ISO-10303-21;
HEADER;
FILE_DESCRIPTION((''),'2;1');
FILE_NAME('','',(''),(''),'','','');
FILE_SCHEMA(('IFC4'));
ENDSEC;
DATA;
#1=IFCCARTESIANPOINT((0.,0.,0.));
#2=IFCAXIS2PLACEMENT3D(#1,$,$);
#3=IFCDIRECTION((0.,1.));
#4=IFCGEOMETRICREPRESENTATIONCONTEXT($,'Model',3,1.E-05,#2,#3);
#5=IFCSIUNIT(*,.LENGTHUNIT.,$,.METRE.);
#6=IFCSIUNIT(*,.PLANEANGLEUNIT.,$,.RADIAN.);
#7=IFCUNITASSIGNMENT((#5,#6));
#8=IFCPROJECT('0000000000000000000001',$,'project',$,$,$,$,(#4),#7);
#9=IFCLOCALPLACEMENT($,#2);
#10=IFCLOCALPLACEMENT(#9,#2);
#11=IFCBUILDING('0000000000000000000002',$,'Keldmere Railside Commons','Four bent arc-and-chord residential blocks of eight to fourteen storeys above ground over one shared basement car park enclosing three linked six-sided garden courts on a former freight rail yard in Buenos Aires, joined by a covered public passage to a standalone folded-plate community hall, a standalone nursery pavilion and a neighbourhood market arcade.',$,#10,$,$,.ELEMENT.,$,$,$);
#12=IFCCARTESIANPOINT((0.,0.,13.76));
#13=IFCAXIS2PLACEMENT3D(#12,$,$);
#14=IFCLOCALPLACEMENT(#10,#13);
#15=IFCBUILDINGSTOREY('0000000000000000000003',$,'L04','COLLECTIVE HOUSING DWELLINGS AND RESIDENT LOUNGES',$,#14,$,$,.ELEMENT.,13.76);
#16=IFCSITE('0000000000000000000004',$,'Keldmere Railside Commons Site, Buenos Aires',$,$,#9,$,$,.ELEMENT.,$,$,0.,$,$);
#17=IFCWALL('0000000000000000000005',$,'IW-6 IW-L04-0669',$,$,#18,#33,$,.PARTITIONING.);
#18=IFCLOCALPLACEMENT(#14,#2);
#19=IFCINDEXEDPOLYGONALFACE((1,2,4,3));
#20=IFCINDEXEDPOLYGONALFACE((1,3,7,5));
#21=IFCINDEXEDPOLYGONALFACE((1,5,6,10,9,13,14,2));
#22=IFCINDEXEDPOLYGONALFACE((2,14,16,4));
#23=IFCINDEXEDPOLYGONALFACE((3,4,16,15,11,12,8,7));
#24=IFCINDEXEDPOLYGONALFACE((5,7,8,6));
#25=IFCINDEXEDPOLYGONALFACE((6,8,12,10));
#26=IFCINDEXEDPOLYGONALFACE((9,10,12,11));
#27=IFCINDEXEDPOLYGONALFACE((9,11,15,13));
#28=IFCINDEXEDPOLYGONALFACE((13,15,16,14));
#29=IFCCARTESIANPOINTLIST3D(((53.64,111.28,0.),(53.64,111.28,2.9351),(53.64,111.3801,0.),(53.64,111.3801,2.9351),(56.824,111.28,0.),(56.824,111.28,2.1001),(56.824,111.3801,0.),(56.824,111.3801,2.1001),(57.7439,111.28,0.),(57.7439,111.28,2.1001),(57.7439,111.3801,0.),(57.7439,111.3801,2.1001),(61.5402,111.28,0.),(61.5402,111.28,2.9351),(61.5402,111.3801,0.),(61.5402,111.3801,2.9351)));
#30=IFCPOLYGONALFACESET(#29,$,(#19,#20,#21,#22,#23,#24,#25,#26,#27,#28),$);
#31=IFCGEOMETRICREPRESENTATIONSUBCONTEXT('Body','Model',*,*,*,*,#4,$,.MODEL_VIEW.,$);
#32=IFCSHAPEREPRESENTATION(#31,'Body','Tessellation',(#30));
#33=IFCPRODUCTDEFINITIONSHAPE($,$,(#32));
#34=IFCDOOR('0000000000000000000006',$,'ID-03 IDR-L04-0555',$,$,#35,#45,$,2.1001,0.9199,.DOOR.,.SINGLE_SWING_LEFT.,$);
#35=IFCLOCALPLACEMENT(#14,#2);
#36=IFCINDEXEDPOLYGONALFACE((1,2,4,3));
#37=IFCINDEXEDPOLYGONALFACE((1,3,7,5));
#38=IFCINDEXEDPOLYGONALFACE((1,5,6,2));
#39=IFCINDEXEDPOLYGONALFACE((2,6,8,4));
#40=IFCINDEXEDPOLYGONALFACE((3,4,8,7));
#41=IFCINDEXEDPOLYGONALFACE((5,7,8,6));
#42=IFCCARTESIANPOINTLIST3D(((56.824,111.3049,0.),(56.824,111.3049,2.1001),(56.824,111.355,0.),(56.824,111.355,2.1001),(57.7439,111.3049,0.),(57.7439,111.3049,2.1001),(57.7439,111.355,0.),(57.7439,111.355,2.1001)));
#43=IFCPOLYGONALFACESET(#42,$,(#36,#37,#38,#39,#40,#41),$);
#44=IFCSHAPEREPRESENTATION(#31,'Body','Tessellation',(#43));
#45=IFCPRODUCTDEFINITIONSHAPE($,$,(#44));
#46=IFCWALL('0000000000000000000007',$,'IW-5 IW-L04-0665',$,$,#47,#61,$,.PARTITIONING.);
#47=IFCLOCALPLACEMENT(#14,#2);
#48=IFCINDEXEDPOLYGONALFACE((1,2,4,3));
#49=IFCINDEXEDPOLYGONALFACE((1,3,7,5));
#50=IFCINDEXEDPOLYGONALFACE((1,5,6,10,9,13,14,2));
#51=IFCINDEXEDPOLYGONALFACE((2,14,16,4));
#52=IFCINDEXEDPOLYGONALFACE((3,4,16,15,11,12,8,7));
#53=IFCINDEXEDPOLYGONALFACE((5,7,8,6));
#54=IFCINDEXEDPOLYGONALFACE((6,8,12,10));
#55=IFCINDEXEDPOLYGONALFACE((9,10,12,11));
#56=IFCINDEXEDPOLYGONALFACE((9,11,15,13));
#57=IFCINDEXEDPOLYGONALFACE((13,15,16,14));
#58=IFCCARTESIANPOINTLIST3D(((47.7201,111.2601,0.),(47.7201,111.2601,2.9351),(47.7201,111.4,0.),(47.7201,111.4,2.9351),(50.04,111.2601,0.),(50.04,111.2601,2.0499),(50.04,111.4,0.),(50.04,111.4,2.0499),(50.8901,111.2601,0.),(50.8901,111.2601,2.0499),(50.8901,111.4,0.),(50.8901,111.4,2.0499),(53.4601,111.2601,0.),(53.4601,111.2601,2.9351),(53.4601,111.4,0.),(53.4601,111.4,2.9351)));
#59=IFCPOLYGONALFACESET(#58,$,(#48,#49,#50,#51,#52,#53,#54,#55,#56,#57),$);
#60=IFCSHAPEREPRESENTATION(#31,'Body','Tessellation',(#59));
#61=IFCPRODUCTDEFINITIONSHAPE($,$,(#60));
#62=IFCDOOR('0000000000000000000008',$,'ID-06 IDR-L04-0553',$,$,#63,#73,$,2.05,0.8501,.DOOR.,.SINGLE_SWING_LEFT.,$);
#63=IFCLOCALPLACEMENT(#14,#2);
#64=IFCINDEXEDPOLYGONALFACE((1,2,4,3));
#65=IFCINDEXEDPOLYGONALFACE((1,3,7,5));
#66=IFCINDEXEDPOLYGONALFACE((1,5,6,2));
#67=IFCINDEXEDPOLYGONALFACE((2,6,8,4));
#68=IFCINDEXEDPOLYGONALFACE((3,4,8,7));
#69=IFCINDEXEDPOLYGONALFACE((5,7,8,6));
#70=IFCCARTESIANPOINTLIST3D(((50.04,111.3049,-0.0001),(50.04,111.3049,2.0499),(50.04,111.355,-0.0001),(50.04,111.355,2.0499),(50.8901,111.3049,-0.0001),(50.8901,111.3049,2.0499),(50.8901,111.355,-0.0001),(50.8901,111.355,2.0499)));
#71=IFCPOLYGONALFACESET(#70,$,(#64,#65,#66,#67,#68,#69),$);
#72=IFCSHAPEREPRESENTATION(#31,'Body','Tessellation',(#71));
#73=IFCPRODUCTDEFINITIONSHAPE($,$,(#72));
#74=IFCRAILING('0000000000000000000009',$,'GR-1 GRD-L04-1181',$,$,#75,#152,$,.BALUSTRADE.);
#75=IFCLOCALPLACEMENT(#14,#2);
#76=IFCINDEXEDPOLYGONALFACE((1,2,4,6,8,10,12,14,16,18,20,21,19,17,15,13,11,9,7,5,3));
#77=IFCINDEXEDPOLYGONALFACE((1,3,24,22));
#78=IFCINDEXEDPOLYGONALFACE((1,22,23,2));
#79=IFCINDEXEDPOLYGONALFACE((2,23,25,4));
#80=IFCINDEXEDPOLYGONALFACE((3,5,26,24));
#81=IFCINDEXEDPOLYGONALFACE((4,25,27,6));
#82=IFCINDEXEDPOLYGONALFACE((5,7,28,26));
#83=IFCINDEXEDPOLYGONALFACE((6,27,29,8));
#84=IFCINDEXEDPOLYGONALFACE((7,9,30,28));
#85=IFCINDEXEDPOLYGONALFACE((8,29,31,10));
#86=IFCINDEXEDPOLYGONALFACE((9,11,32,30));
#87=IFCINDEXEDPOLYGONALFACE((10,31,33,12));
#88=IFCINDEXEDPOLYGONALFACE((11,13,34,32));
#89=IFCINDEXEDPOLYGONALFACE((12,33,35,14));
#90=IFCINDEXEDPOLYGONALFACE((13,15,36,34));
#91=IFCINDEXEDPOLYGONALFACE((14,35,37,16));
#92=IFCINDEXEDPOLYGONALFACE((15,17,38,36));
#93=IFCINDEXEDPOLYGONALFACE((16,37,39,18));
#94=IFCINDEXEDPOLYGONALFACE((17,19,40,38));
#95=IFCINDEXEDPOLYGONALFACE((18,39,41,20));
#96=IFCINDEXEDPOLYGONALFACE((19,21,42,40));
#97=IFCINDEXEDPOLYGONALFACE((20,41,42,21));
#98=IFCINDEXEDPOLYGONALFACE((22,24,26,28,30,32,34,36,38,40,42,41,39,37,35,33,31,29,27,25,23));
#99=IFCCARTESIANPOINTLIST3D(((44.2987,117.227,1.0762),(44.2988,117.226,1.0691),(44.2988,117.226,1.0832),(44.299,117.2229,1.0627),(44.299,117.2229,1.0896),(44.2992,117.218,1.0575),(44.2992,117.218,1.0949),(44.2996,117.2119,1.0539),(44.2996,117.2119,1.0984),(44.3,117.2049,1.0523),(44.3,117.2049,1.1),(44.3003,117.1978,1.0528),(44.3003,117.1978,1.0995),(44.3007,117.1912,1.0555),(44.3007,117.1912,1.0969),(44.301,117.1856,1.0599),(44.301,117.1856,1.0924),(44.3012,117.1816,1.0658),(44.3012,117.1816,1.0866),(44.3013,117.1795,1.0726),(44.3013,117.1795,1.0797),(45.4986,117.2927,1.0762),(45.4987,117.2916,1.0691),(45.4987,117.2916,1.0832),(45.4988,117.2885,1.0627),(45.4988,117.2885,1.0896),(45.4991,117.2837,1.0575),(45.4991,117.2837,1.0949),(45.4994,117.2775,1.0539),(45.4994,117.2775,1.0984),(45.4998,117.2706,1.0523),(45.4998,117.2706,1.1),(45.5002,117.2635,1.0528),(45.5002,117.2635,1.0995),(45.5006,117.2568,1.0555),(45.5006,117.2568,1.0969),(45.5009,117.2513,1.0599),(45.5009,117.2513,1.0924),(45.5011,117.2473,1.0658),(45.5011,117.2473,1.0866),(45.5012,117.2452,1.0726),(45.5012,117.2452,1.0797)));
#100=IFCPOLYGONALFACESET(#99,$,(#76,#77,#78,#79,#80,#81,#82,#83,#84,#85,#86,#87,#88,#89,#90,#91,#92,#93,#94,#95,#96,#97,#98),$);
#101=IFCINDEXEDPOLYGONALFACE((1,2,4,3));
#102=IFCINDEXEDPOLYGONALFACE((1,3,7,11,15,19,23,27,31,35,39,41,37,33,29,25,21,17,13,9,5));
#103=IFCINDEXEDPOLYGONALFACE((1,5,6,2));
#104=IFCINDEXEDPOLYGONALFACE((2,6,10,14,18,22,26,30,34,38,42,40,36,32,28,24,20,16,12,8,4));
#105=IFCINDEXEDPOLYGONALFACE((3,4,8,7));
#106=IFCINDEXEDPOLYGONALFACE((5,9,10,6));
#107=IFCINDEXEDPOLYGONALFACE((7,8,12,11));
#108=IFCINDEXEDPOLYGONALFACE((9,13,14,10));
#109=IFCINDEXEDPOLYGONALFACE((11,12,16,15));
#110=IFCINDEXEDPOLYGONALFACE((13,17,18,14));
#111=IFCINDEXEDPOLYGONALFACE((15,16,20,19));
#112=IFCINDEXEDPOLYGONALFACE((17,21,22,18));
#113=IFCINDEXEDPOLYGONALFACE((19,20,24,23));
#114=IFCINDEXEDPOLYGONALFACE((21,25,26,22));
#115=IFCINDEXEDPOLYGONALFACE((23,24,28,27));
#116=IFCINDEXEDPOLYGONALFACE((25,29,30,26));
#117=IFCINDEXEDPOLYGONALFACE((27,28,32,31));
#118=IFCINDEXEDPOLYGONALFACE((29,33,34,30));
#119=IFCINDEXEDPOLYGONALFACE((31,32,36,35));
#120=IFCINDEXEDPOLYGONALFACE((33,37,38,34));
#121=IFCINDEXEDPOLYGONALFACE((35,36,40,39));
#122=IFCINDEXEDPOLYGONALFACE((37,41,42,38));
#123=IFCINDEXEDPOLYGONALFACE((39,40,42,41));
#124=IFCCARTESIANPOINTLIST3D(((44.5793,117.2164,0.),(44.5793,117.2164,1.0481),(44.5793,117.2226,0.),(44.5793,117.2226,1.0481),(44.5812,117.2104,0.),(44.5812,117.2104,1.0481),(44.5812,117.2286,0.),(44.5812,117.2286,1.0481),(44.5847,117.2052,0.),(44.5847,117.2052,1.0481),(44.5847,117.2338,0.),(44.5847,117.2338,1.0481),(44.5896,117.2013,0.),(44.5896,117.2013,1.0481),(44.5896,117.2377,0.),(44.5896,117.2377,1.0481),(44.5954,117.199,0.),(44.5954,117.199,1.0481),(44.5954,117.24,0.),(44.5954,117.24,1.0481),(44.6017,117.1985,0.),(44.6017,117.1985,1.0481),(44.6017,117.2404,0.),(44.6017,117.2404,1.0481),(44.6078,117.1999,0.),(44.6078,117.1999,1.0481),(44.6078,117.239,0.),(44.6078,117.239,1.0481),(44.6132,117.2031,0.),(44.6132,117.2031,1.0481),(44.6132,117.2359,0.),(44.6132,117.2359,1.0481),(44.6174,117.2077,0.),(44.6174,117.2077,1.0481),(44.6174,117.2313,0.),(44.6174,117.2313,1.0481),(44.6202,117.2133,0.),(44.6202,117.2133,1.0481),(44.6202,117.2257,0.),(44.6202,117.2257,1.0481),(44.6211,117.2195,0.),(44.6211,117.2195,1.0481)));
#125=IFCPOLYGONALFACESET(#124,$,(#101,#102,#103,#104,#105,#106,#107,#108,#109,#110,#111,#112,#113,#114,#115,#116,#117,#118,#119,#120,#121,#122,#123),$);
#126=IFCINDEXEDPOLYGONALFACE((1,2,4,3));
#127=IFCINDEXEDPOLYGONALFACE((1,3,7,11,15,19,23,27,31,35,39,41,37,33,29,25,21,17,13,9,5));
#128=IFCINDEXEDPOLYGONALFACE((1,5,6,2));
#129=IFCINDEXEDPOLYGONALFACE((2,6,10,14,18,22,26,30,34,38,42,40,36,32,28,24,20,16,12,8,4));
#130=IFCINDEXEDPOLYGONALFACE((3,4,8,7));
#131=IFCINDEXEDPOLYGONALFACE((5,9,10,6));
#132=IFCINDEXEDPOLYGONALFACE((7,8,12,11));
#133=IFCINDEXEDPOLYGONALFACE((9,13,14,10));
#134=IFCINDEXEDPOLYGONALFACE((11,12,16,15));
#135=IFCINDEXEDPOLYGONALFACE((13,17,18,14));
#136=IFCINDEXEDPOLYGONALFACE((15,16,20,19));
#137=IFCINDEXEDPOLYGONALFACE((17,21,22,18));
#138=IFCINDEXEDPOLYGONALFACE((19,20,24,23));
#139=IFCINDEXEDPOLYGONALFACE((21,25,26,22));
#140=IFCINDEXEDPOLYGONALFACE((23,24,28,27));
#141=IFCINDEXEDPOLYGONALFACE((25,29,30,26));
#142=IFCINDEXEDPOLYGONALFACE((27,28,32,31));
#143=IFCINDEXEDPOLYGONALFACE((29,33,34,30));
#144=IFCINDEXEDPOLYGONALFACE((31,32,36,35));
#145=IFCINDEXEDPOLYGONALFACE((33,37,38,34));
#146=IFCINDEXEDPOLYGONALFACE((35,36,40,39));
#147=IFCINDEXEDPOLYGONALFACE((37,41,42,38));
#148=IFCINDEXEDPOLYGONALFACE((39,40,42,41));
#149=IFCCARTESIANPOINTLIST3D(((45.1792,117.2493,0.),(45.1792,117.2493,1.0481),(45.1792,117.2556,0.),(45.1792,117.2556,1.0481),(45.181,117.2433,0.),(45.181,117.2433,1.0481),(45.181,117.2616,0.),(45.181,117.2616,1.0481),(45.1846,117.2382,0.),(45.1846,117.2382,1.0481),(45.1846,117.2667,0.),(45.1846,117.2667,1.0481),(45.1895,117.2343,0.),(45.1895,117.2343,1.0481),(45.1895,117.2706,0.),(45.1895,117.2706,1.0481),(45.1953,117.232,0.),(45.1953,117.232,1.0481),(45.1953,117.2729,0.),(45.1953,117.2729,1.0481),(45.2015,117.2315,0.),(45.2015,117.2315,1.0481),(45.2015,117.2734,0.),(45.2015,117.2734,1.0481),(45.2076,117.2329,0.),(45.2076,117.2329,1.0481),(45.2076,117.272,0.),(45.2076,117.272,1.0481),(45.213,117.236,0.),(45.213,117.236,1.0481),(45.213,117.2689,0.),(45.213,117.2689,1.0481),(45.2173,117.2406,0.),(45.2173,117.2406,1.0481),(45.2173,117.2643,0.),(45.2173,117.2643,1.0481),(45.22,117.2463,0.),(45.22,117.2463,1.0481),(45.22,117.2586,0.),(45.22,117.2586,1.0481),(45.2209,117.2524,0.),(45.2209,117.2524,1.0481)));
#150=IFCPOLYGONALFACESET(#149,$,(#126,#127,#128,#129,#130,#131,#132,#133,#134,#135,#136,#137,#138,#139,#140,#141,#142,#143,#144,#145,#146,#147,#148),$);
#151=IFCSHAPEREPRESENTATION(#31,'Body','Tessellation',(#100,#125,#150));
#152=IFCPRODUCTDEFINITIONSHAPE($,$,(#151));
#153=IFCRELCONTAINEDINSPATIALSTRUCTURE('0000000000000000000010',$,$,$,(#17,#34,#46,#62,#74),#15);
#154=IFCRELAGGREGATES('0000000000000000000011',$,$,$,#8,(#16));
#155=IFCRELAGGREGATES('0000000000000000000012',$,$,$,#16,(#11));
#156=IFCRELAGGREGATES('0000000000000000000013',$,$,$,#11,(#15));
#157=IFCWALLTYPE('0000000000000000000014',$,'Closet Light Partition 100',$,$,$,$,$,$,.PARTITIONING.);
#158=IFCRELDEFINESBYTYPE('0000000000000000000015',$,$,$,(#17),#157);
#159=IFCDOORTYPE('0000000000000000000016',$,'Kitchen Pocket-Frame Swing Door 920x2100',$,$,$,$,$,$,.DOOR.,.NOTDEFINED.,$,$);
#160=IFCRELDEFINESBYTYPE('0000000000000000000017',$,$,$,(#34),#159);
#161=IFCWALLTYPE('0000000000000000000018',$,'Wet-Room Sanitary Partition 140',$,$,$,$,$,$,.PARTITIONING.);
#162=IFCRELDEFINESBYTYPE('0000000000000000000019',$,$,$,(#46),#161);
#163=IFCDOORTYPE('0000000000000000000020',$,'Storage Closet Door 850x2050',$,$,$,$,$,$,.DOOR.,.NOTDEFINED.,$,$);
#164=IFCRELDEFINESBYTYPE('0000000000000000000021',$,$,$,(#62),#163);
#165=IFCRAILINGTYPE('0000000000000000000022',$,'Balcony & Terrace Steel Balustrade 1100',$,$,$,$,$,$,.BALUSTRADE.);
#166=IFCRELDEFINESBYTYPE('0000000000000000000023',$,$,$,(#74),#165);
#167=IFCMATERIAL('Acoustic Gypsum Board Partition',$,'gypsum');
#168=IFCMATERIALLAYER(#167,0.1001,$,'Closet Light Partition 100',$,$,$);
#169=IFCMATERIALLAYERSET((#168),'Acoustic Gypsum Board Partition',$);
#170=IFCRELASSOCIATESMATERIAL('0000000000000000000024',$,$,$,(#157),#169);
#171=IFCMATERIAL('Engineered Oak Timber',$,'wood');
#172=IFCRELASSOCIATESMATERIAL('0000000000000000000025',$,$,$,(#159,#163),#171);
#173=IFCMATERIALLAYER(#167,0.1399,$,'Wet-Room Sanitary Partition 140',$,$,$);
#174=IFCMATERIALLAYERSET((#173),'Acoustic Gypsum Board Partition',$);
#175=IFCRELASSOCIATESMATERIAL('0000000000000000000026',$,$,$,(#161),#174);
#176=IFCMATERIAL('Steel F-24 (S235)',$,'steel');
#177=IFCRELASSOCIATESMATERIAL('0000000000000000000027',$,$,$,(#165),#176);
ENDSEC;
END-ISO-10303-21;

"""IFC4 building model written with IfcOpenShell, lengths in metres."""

from ifc_helpers import new_model, si_unit, direction, frame, frame_2d, origin, origin_2d, place, context, subcontext, project, spatial, rectangle, circle, extrude, material, layer, layer_set, type_object, element, fill, save


model = new_model("IFC4")

# Units and contexts
model_context = context("Model", 3, precision=1e-05, world=origin(), true_north=direction((0.0, 1.0)))
body_context = subcontext(model_context, "Body", "Model", "MODEL_VIEW")
ifc_project = project(units=[si_unit("LENGTHUNIT", "METRE"), si_unit("PLANEANGLEUNIT", "RADIAN")], contexts=[model_context])

# Site, building, storey
site_placement = place(None, origin())
site = spatial("IfcSite", under=ifc_project, at=site_placement, Name="Keldmere Railside Commons Site, Buenos Aires", CompositionType="ELEMENT", RefElevation=0.0)
building_placement = place(site_placement, origin())
building = spatial("IfcBuilding", under=site, at=building_placement, Name="Keldmere Railside Commons", Description="Four bent arc-and-chord residential blocks of eight to fourteen storeys above ground over one shared basement car park enclosing three linked six-sided garden courts on a former freight rail yard in Buenos Aires, joined by a covered public passage to a standalone folded-plate community hall, a standalone nursery pavilion and a neighbourhood market arcade.", CompositionType="ELEMENT")
storey_placement = place(building_placement, frame((0.0, 0.0, 13.76)))
storey = spatial("IfcBuildingStorey", under=building, at=storey_placement, Name="L04", Description="COLLECTIVE HOUSING DWELLINGS AND RESIDENT LOUNGES", CompositionType="ELEMENT", Elevation=13.76)

# Walls, openings, doors
ifc_material_1 = material(Name="Acoustic Gypsum Board Partition", Category="gypsum")
ifc_layer_1 = layer(ifc_material_1, 0.1001, Name="Closet Light Partition 100")
ifc_layer_set_1 = layer_set([ifc_layer_1], Name="Acoustic Gypsum Board Partition")
wall_type_1 = type_object("IfcWallType", Name="Closet Light Partition 100", PredefinedType="PARTITIONING", material=ifc_layer_set_1)
wall_1_placement = place(storey_placement, frame((53.6399, 111.3301, 0.0), z_axis=(0.0, 0.0, 1.0), x_axis=(1.0, 0.0, 0.0)))
wall_1 = element("IfcWall", 1, at=wall_1_placement, inside=storey, type_object=wall_type_1, Name="IW-6 IW-L04-0669", PredefinedType="PARTITIONING", context=body_context, shape_type="SweptSolid", body=[
    extrude(rectangle(XDim=7.9001, YDim=0.1001, at=frame_2d((3.9502, 0.0))), origin(), (0.0, 0.0, 1.0), 2.9351),
])
opening_1_placement = place(wall_1_placement, frame((3.1841, 0.0, 0.0)))
opening_1 = element("IfcOpeningElement", 2, at=opening_1_placement, cuts=wall_1, PredefinedType="OPENING", context=body_context, shape_type="SweptSolid", body=[
    extrude(rectangle(XDim=0.9199, YDim=2.1001, at=frame_2d((0.46, 1.05))), frame((0.0, 0.0601, 0.0), z_axis=(0.0, -1.0, 0.0), x_axis=(1.0, 0.0, 0.0)), (0.0, 0.0, 1.0), 0.1201),
])
ifc_material_2 = material(Name="Engineered Oak Timber", Category="wood")
door_type_1 = type_object("IfcDoorType", Name="Kitchen Pocket-Frame Swing Door 920x2100", OperationType="NOTDEFINED", PredefinedType="DOOR", material=ifc_material_2)
door_1_placement = place(opening_1_placement, origin())
door_1 = element("IfcDoor", 3, at=door_1_placement, inside=storey, type_object=door_type_1, Name="ID-03 IDR-L04-0555", OperationType="SINGLE_SWING_LEFT", OverallHeight=2.1001, OverallWidth=0.9199, PredefinedType="DOOR", context=body_context, shape_type="SweptSolid", body=[
    extrude(rectangle(XDim=0.9199, YDim=2.1001, at=frame_2d((0.46, 1.05))), frame((0.0, 0.0249, 0.0), z_axis=(0.0, -1.0, 0.0), x_axis=(1.0, 0.0, 0.0)), (0.0, 0.0, 1.0), 0.05),
])
fill(opening_1, door_1)
ifc_layer_2 = layer(ifc_material_1, 0.1399, Name="Wet-Room Sanitary Partition 140")
ifc_layer_set_2 = layer_set([ifc_layer_2], Name="Acoustic Gypsum Board Partition")
wall_type_2 = type_object("IfcWallType", Name="Wet-Room Sanitary Partition 140", PredefinedType="PARTITIONING", material=ifc_layer_set_2)
wall_2_placement = place(storey_placement, frame((47.72, 111.3301, 0.0), z_axis=(0.0, 0.0, 1.0), x_axis=(1.0, 0.0, 0.0)))
wall_2 = element("IfcWall", 4, at=wall_2_placement, inside=storey, type_object=wall_type_2, Name="IW-5 IW-L04-0665", PredefinedType="PARTITIONING", context=body_context, shape_type="SweptSolid", body=[
    extrude(rectangle(XDim=5.74, YDim=0.1399, at=frame_2d((2.8701, 0.0))), origin(), (0.0, 0.0, 1.0), 2.9351),
])
opening_2_placement = place(wall_2_placement, frame((2.3201, 0.0, 0.0)))
opening_2 = element("IfcOpeningElement", 5, at=opening_2_placement, cuts=wall_2, PredefinedType="OPENING", context=body_context, shape_type="SweptSolid", body=[
    extrude(rectangle(XDim=0.8501, YDim=2.05, at=frame_2d((0.425, 1.0249))), frame((0.0, 0.0798, 0.0), z_axis=(0.0, -1.0, 0.0), x_axis=(1.0, 0.0, 0.0)), (0.0, 0.0, 1.0), 0.1599),
])
door_type_2 = type_object("IfcDoorType", Name="Storage Closet Door 850x2050", OperationType="NOTDEFINED", PredefinedType="DOOR", material=ifc_material_2)
door_2_placement = place(opening_2_placement, origin())
door_2 = element("IfcDoor", 6, at=door_2_placement, inside=storey, type_object=door_type_2, Name="ID-06 IDR-L04-0553", OperationType="SINGLE_SWING_LEFT", OverallHeight=2.05, OverallWidth=0.8501, PredefinedType="DOOR", context=body_context, shape_type="SweptSolid", body=[
    extrude(rectangle(XDim=0.8501, YDim=2.05, at=frame_2d((0.425, 1.0249))), frame((0.0, 0.0249, 0.0), z_axis=(0.0, -1.0, 0.0), x_axis=(1.0, 0.0, 0.0)), (0.0, 0.0, 1.0), 0.05),
])
fill(opening_2, door_2)

# Railing
ifc_material_3 = material(Name="Steel F-24 (S235)", Category="steel")
railing_type = type_object("IfcRailingType", Name="Balcony & Terrace Steel Balustrade 1100", PredefinedType="BALUSTRADE", material=ifc_material_3)
railing_1_placement = place(storey_placement, frame((44.3, 117.2031, 0.0)))
element("IfcRailing", 7, at=railing_1_placement, inside=storey, type_object=railing_type, Name="GR-1 GRD-L04-1181", PredefinedType="BALUSTRADE", context=body_context, shape_type="SweptSolid", body=[
    extrude(circle(Radius=0.0239, at=origin_2d()), frame((0.0, 0.0, 1.0762), z_axis=(0.998506, 0.054649, 0.0), x_axis=(-0.054649, 0.998506, 0.0)), (0.0, 0.0, 1.0), 1.2017),
    extrude(circle(Radius=0.021, at=origin_2d()), frame((0.3, 0.0164, 0.0)), (0.0, 0.0, 1.0), 1.0481),
    extrude(circle(Radius=0.021, at=origin_2d()), frame((0.8999, 0.0493, 0.0)), (0.0, 0.0, 1.0), 1.0481),
])

save(model, "model.ifc")
